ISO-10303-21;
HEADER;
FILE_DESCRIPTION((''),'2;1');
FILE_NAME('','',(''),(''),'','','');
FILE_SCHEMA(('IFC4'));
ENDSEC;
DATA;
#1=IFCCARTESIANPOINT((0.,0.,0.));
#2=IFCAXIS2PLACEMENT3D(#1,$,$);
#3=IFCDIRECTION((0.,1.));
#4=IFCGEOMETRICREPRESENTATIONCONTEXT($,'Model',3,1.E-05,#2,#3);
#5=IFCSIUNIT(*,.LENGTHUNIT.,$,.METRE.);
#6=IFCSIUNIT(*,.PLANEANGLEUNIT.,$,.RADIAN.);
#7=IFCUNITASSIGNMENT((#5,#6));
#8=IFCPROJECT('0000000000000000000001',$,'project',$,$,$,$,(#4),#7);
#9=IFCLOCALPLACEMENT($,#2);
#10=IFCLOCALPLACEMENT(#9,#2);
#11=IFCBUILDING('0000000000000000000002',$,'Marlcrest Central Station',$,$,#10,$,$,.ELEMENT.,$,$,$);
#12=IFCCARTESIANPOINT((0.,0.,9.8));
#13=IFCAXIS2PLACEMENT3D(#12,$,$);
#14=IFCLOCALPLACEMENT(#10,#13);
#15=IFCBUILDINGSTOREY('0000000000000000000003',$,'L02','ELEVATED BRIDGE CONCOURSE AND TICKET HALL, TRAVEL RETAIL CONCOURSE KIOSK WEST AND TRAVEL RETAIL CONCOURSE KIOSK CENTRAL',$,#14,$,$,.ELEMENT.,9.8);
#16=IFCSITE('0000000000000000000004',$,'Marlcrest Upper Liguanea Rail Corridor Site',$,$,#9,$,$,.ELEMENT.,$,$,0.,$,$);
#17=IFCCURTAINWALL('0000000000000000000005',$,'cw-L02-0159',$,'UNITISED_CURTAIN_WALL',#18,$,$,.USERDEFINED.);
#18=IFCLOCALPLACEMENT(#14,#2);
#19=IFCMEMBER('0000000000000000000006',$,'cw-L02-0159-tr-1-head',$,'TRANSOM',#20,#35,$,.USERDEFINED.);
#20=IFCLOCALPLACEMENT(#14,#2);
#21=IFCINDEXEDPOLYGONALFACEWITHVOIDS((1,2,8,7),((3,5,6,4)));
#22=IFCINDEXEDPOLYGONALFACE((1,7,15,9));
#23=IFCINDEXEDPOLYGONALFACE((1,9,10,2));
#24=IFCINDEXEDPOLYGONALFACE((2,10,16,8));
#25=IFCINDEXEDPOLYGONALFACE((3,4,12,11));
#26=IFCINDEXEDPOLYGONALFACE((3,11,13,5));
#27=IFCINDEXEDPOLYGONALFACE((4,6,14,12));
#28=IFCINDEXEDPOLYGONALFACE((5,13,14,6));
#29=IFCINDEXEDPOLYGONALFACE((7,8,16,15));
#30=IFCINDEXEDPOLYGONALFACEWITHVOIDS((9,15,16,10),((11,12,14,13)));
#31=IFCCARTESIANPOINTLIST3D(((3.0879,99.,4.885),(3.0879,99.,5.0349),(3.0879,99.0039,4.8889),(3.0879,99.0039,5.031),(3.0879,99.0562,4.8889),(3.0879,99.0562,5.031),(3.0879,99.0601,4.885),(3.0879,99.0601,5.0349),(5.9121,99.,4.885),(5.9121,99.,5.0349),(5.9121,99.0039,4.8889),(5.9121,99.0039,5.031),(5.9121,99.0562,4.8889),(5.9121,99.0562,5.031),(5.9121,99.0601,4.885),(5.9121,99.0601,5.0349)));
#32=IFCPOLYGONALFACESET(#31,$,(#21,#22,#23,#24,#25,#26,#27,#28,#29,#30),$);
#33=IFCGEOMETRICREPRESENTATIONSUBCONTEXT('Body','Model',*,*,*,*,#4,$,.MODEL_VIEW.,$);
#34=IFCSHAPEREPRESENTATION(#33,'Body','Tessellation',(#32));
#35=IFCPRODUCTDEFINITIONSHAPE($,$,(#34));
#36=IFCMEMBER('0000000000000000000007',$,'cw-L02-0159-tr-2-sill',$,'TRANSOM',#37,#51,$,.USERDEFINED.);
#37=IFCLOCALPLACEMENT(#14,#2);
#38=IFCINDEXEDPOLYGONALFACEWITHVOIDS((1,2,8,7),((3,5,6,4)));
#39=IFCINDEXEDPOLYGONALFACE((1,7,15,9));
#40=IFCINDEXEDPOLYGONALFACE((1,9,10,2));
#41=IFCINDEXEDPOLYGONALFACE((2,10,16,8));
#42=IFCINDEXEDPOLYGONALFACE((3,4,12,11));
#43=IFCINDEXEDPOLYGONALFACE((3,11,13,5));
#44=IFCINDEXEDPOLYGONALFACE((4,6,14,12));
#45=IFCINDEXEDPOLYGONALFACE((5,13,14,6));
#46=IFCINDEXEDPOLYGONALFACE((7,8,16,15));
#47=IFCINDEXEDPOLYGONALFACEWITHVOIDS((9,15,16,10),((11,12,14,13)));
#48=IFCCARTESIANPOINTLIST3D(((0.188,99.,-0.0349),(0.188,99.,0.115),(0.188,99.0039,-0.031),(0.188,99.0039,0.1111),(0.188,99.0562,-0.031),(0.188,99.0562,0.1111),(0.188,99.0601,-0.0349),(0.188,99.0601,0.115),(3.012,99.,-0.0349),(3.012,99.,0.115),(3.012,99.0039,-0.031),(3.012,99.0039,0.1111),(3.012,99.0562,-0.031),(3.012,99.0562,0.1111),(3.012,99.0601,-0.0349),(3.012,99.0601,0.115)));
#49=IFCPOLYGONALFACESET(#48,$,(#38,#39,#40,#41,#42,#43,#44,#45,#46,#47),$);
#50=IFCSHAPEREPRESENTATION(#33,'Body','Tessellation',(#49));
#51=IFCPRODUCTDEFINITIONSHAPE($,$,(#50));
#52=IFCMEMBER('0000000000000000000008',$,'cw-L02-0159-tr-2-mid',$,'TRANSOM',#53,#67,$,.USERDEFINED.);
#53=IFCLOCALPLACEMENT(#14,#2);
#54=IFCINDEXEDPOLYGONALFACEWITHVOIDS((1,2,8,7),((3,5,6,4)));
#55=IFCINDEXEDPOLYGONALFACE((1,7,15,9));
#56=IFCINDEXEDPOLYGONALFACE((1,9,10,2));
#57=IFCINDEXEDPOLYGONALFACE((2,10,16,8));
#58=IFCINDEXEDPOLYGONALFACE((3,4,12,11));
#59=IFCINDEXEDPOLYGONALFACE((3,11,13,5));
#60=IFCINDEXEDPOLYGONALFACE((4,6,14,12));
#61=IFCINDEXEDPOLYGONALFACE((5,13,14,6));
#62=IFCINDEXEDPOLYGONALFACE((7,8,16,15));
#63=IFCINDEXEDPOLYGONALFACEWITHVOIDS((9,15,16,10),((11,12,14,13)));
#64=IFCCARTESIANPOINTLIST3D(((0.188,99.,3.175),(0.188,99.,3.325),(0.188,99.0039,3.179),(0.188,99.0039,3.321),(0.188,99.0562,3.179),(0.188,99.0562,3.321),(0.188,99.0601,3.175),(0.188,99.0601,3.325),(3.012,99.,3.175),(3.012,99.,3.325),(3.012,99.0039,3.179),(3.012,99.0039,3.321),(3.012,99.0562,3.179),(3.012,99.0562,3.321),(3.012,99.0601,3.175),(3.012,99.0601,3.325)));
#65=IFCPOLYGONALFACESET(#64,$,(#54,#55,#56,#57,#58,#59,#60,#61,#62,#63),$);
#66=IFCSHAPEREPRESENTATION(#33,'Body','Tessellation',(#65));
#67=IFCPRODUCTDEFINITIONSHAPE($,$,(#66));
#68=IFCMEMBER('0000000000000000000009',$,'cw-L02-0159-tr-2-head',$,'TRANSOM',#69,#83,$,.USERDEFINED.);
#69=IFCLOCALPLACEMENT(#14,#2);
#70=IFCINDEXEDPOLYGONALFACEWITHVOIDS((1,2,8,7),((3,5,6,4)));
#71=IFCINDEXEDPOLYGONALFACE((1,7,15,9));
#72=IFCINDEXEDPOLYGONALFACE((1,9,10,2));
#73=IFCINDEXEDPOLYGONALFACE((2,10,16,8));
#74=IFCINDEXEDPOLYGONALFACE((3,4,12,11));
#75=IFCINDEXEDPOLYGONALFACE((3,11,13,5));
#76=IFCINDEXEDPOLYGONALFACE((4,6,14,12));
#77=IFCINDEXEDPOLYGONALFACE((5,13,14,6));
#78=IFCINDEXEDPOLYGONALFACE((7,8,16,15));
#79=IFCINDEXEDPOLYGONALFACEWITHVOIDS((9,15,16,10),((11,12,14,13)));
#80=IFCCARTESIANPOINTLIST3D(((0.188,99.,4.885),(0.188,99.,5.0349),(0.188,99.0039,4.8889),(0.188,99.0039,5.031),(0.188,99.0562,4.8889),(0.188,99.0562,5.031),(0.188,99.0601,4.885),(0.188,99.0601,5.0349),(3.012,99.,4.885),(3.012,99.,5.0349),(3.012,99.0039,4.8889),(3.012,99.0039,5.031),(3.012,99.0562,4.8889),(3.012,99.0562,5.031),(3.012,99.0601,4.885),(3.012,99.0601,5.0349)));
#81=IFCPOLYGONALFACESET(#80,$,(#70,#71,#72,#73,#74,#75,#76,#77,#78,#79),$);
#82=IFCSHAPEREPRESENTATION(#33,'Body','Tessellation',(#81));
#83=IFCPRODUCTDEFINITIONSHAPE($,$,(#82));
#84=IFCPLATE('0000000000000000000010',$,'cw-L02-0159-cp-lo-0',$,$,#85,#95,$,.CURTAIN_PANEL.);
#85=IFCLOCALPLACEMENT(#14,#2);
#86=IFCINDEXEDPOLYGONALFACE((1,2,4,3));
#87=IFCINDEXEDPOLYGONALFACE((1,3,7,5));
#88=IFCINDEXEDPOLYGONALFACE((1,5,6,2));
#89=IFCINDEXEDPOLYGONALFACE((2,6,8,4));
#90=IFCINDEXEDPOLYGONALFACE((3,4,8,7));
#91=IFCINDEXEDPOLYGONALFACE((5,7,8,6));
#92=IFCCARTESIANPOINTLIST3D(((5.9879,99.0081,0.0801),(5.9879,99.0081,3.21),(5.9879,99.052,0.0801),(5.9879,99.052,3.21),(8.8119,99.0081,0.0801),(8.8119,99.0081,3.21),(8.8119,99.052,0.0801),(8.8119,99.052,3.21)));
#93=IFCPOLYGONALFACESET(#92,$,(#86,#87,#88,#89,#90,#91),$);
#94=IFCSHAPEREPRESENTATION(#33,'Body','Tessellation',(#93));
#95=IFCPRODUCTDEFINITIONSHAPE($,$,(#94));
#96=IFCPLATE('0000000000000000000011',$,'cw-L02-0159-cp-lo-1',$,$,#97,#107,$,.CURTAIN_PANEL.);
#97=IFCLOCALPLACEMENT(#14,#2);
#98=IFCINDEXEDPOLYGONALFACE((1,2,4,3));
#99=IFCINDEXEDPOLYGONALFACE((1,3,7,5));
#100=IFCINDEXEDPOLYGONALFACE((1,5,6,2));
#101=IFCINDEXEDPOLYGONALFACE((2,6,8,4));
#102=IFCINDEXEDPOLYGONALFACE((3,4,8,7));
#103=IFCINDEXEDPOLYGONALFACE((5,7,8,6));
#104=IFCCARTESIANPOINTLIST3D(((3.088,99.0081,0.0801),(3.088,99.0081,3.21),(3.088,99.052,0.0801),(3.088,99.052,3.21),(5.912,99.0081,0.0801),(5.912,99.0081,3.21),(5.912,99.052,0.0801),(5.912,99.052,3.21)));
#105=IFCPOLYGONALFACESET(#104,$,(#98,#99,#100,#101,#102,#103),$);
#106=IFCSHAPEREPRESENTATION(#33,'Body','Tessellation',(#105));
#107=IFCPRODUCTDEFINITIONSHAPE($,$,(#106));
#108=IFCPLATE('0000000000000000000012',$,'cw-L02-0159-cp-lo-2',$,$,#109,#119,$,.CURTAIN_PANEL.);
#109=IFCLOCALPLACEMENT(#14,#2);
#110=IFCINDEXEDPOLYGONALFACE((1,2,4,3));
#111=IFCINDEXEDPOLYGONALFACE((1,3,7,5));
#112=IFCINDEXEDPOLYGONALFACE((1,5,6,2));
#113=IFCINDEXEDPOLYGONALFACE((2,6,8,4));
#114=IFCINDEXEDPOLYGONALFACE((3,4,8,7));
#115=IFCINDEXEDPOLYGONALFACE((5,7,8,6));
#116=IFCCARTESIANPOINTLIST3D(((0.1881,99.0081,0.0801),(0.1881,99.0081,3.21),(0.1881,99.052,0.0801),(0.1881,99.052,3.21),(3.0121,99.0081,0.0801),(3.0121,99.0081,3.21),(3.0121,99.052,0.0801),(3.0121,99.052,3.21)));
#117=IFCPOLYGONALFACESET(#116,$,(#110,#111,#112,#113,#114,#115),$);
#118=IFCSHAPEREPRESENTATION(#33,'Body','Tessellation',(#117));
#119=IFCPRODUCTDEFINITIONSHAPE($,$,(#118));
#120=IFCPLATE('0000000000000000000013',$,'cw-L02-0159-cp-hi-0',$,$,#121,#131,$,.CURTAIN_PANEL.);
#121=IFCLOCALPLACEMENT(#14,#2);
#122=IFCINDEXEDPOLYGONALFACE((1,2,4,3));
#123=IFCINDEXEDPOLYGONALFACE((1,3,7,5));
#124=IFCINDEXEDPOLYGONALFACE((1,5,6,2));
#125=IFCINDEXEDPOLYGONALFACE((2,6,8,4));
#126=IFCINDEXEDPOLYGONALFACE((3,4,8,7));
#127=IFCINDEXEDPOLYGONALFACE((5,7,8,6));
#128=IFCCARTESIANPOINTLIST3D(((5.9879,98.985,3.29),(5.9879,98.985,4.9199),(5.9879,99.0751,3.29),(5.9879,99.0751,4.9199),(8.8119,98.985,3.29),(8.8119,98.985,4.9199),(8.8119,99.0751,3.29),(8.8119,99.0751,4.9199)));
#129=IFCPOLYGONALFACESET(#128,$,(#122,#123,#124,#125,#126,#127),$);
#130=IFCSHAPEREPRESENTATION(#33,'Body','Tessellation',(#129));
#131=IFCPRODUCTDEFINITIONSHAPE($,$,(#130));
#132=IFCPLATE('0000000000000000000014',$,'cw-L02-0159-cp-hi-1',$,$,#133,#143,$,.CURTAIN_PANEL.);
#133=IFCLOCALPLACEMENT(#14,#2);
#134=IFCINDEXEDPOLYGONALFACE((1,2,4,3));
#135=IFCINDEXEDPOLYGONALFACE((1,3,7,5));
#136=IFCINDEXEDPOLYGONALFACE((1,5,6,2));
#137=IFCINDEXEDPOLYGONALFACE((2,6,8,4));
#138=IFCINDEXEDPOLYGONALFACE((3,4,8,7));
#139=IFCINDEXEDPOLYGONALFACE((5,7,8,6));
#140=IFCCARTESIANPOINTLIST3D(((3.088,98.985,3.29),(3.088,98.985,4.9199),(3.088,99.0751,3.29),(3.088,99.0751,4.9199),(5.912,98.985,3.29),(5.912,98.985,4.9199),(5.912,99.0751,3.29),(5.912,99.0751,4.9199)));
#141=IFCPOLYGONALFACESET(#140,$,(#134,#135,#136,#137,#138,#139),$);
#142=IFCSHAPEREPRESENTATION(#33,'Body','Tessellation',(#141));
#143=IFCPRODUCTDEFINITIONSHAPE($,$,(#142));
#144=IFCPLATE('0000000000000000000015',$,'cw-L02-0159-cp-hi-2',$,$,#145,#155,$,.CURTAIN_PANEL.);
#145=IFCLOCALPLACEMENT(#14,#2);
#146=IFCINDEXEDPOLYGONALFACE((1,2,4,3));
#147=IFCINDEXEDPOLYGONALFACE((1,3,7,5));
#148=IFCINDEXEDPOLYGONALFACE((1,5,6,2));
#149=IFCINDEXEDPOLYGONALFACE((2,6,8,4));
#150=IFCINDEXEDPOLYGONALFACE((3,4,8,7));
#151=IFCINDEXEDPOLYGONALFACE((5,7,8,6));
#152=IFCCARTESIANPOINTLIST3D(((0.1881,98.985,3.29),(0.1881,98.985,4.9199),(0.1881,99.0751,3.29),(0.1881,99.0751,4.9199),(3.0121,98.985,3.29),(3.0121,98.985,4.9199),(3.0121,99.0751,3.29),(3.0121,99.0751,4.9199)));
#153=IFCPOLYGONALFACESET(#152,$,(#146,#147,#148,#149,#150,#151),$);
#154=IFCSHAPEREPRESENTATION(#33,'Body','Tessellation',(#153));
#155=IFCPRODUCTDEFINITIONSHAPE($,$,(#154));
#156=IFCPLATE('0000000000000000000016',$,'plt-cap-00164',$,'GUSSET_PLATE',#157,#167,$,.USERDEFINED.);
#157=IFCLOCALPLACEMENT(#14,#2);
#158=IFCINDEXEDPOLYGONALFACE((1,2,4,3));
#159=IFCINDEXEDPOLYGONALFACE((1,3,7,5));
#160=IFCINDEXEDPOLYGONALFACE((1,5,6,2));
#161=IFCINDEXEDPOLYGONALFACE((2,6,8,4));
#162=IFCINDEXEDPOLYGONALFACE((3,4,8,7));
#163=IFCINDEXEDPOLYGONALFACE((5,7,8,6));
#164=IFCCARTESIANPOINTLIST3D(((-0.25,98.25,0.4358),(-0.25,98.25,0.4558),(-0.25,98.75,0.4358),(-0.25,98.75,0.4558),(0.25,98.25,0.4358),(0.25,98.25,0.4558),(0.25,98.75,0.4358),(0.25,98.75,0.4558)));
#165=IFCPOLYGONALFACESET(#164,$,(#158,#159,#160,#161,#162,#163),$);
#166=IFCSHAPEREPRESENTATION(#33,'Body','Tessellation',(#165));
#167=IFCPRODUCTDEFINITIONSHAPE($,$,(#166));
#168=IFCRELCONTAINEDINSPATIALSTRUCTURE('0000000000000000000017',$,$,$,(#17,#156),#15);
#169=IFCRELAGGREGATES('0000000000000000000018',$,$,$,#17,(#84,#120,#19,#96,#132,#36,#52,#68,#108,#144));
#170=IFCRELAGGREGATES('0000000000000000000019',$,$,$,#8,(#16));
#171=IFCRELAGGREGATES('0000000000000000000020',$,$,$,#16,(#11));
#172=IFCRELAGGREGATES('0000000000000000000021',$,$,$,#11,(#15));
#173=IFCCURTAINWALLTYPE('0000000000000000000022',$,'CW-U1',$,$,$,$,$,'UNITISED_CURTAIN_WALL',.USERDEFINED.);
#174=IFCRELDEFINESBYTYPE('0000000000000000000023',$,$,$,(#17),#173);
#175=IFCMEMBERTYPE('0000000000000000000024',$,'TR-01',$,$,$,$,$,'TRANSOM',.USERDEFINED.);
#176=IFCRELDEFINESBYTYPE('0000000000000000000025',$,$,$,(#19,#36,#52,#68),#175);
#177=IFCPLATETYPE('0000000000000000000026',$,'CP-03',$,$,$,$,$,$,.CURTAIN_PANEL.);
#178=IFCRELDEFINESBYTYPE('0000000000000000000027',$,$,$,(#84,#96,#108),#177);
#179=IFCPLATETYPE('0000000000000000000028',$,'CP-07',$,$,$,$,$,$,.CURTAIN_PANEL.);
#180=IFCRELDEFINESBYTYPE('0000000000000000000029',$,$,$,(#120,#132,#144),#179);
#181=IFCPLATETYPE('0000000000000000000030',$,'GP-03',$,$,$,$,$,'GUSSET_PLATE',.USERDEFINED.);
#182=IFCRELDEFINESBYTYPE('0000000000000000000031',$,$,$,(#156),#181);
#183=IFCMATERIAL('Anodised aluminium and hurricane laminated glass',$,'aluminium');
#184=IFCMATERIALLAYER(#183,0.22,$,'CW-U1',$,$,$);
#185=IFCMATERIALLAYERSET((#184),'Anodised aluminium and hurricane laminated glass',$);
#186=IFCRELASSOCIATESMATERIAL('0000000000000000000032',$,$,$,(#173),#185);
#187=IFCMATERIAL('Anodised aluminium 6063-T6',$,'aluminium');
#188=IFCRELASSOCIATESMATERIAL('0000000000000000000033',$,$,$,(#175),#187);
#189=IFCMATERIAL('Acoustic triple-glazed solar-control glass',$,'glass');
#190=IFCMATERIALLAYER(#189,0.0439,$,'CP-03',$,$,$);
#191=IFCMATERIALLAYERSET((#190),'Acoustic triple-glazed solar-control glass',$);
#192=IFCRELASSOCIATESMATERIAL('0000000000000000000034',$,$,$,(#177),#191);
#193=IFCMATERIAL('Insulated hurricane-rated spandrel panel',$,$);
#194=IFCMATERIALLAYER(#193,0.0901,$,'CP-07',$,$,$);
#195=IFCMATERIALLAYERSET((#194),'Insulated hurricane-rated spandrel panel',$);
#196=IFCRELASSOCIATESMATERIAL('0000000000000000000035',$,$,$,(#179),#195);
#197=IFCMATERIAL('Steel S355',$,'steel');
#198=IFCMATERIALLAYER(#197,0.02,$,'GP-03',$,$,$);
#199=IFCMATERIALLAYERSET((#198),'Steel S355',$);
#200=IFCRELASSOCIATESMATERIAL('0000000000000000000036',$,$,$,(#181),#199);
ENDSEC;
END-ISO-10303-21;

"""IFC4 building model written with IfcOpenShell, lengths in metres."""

from ifc_helpers import new_model, si_unit, direction, frame, origin, origin_2d, place, context, subcontext, project, spatial, rectangle, hollow_rectangle, extrude, material, layer, layer_set, material_profile, profile_set, type_object, element, aggregate, save


model = new_model("IFC4")

# Units and contexts
model_context = context("Model", 3, precision=1e-05, world=origin(), true_north=direction((0.0, 1.0)))
body_context = subcontext(model_context, "Body", "Model", "MODEL_VIEW")
ifc_project = project(units=[si_unit("LENGTHUNIT", "METRE"), si_unit("PLANEANGLEUNIT", "RADIAN")], contexts=[model_context])

# Site, building, storey
site_placement = place(None, origin())
site = spatial("IfcSite", under=ifc_project, at=site_placement, Name="Marlcrest Upper Liguanea Rail Corridor Site", CompositionType="ELEMENT", RefElevation=0.0)
building_placement = place(site_placement, origin())
building = spatial("IfcBuilding", under=site, at=building_placement, Name="Marlcrest Central Station", CompositionType="ELEMENT")
storey_placement = place(building_placement, frame((0.0, 0.0, 9.8)))
storey = spatial("IfcBuildingStorey", under=building, at=storey_placement, Name="L02", Description="ELEVATED BRIDGE CONCOURSE AND TICKET HALL, TRAVEL RETAIL CONCOURSE KIOSK WEST AND TRAVEL RETAIL CONCOURSE KIOSK CENTRAL", CompositionType="ELEMENT", Elevation=9.8)

# Shared definitions
ifc_material_1 = material(Name="Steel S355", Category="steel")

# Curtain wall
ifc_material_2 = material(Name="Anodised aluminium and hurricane laminated glass", Category="aluminium")
ifc_layer_1 = layer(ifc_material_2, 0.22, Name="CW-U1")
ifc_layer_set_1 = layer_set([ifc_layer_1], Name="Anodised aluminium and hurricane laminated glass")
curtain_wall_type = type_object("IfcCurtainWallType", Name="CW-U1", ElementType="UNITISED_CURTAIN_WALL", PredefinedType="USERDEFINED", material=ifc_layer_set_1)
curtain_wall_placement = place(storey_placement, origin())
curtain_wall = element("IfcCurtainWall", 1, at=curtain_wall_placement, inside=storey, type_object=curtain_wall_type, Name="cw-L02-0159", ObjectType="UNITISED_CURTAIN_WALL", PredefinedType="USERDEFINED")
ifc_material_3 = material(Name="Anodised aluminium 6063-T6", Category="aluminium")

# Members
ifc_material_profile_1 = material_profile(ifc_material_3, hollow_rectangle(XDim=0.0601, YDim=0.1499, WallThickness=0.0039, at=origin_2d()), Name="AA-RHS 150x60x4")
ifc_profile_set_1 = profile_set([ifc_material_profile_1], Name="Anodised aluminium 6063-T6")
member_type_1 = type_object("IfcMemberType", Name="TR-01", ElementType="TRANSOM", PredefinedType="USERDEFINED", material=ifc_profile_set_1)
member_1_placement = place(storey_placement, frame((5.9121, 99.03, 4.96), z_axis=(-1.0, 0.0, 0.0), x_axis=(0.0, -1.0, 0.0)))
member_1 = element("IfcMember", 2, at=member_1_placement, type_object=member_type_1, Name="cw-L02-0159-tr-1-head", ObjectType="TRANSOM", PredefinedType="USERDEFINED", context=body_context, shape_type="SweptSolid", body=[
    extrude(hollow_rectangle(XDim=0.0601, YDim=0.1499, WallThickness=0.0039, at=origin_2d()), origin(), (0.0, 0.0, 1.0), 2.8242),
])
member_2_placement = place(storey_placement, frame((3.012, 99.03, 0.04), z_axis=(-1.0, 0.0, 0.0), x_axis=(0.0, -1.0, 0.0)))
member_2 = element("IfcMember", 3, at=member_2_placement, type_object=member_type_1, Name="cw-L02-0159-tr-2-sill", ObjectType="TRANSOM", PredefinedType="USERDEFINED", context=body_context, shape_type="SweptSolid", body=[
    extrude(hollow_rectangle(XDim=0.0601, YDim=0.1499, WallThickness=0.0039, at=origin_2d()), origin(), (0.0, 0.0, 1.0), 2.824),
])
member_3_placement = place(storey_placement, frame((3.012, 99.03, 3.25), z_axis=(-1.0, 0.0, 0.0), x_axis=(0.0, -1.0, 0.0)))
member_3 = element("IfcMember", 4, at=member_3_placement, type_object=member_type_1, Name="cw-L02-0159-tr-2-mid", ObjectType="TRANSOM", PredefinedType="USERDEFINED", context=body_context, shape_type="SweptSolid", body=[
    extrude(hollow_rectangle(XDim=0.0601, YDim=0.1499, WallThickness=0.0039, at=origin_2d()), origin(), (0.0, 0.0, 1.0), 2.824),
])
member_4_placement = place(storey_placement, frame((3.012, 99.03, 4.96), z_axis=(-1.0, 0.0, 0.0), x_axis=(0.0, -1.0, 0.0)))
member_4 = element("IfcMember", 5, at=member_4_placement, type_object=member_type_1, Name="cw-L02-0159-tr-2-head", ObjectType="TRANSOM", PredefinedType="USERDEFINED", context=body_context, shape_type="SweptSolid", body=[
    extrude(hollow_rectangle(XDim=0.0601, YDim=0.1499, WallThickness=0.0039, at=origin_2d()), origin(), (0.0, 0.0, 1.0), 2.824),
])

# Plates
ifc_material_4 = material(Name="Acoustic triple-glazed solar-control glass", Category="glass")
ifc_layer_2 = layer(ifc_material_4, 0.0439, Name="CP-03")
ifc_layer_set_2 = layer_set([ifc_layer_2], Name="Acoustic triple-glazed solar-control glass")
plate_type_1 = type_object("IfcPlateType", Name="CP-03", PredefinedType="CURTAIN_PANEL", material=ifc_layer_set_2)
plate_1_placement = place(storey_placement, frame((7.3999, 99.03, 0.0801), z_axis=(0.0, 0.0, 1.0), x_axis=(-1.0, 0.0, 0.0)))
plate_1 = element("IfcPlate", 6, at=plate_1_placement, type_object=plate_type_1, Name="cw-L02-0159-cp-lo-0", PredefinedType="CURTAIN_PANEL", context=body_context, shape_type="SweptSolid", body=[
    extrude(rectangle(XDim=2.824, YDim=0.0439, at=origin_2d()), origin(), (0.0, 0.0, 1.0), 3.1299),
])
plate_2_placement = place(storey_placement, frame((4.5, 99.03, 0.0801), z_axis=(0.0, 0.0, 1.0), x_axis=(-1.0, 0.0, 0.0)))
plate_2 = element("IfcPlate", 7, at=plate_2_placement, type_object=plate_type_1, Name="cw-L02-0159-cp-lo-1", PredefinedType="CURTAIN_PANEL", context=body_context, shape_type="SweptSolid", body=[
    extrude(rectangle(XDim=2.824, YDim=0.0439, at=origin_2d()), origin(), (0.0, 0.0, 1.0), 3.1299),
])
plate_3_placement = place(storey_placement, frame((1.6001, 99.03, 0.0801), z_axis=(0.0, 0.0, 1.0), x_axis=(-1.0, 0.0, 0.0)))
plate_3 = element("IfcPlate", 8, at=plate_3_placement, type_object=plate_type_1, Name="cw-L02-0159-cp-lo-2", PredefinedType="CURTAIN_PANEL", context=body_context, shape_type="SweptSolid", body=[
    extrude(rectangle(XDim=2.824, YDim=0.0439, at=origin_2d()), origin(), (0.0, 0.0, 1.0), 3.1299),
])
ifc_material_5 = material(Name="Insulated hurricane-rated spandrel panel")
ifc_layer_3 = layer(ifc_material_5, 0.0901, Name="CP-07")
ifc_layer_set_3 = layer_set([ifc_layer_3], Name="Insulated hurricane-rated spandrel panel")
plate_type_2 = type_object("IfcPlateType", Name="CP-07", PredefinedType="CURTAIN_PANEL", material=ifc_layer_set_3)
plate_4_placement = place(storey_placement, frame((7.3999, 99.03, 3.29), z_axis=(0.0, 0.0, 1.0), x_axis=(-1.0, 0.0, 0.0)))
plate_4 = element("IfcPlate", 9, at=plate_4_placement, type_object=plate_type_2, Name="cw-L02-0159-cp-hi-0", PredefinedType="CURTAIN_PANEL", context=body_context, shape_type="SweptSolid", body=[
    extrude(rectangle(XDim=2.824, YDim=0.0901, at=origin_2d()), origin(), (0.0, 0.0, 1.0), 1.6299),
])
plate_5_placement = place(storey_placement, frame((4.5, 99.03, 3.29), z_axis=(0.0, 0.0, 1.0), x_axis=(-1.0, 0.0, 0.0)))
plate_5 = element("IfcPlate", 10, at=plate_5_placement, type_object=plate_type_2, Name="cw-L02-0159-cp-hi-1", PredefinedType="CURTAIN_PANEL", context=body_context, shape_type="SweptSolid", body=[
    extrude(rectangle(XDim=2.824, YDim=0.0901, at=origin_2d()), origin(), (0.0, 0.0, 1.0), 1.6299),
])
plate_6_placement = place(storey_placement, frame((1.6001, 99.03, 3.29), z_axis=(0.0, 0.0, 1.0), x_axis=(-1.0, 0.0, 0.0)))
plate_6 = element("IfcPlate", 11, at=plate_6_placement, type_object=plate_type_2, Name="cw-L02-0159-cp-hi-2", PredefinedType="CURTAIN_PANEL", context=body_context, shape_type="SweptSolid", body=[
    extrude(rectangle(XDim=2.824, YDim=0.0901, at=origin_2d()), origin(), (0.0, 0.0, 1.0), 1.6299),
])
aggregate(curtain_wall, [plate_1, plate_4, member_1, plate_2, plate_5, member_2, member_3, member_4, plate_3, plate_6])
ifc_layer_4 = layer(ifc_material_1, 0.02, Name="GP-03")
ifc_layer_set_4 = layer_set([ifc_layer_4], Name="Steel S355")
plate_type_3 = type_object("IfcPlateType", Name="GP-03", ElementType="GUSSET_PLATE", PredefinedType="USERDEFINED", material=ifc_layer_set_4)
plate_7_placement = place(storey_placement, frame((0.0, 98.5, 0.4358), z_axis=(0.0, 0.0, 1.0), x_axis=(1.0, 0.0, 0.0)))
element("IfcPlate", 12, at=plate_7_placement, inside=storey, type_object=plate_type_3, Name="plt-cap-00164", ObjectType="GUSSET_PLATE", PredefinedType="USERDEFINED", context=body_context, shape_type="SweptSolid", body=[
    extrude(rectangle(XDim=0.5, YDim=0.5, at=origin_2d()), origin(), (0.0, 0.0, 1.0), 0.02),
])

save(model, "model.ifc")
